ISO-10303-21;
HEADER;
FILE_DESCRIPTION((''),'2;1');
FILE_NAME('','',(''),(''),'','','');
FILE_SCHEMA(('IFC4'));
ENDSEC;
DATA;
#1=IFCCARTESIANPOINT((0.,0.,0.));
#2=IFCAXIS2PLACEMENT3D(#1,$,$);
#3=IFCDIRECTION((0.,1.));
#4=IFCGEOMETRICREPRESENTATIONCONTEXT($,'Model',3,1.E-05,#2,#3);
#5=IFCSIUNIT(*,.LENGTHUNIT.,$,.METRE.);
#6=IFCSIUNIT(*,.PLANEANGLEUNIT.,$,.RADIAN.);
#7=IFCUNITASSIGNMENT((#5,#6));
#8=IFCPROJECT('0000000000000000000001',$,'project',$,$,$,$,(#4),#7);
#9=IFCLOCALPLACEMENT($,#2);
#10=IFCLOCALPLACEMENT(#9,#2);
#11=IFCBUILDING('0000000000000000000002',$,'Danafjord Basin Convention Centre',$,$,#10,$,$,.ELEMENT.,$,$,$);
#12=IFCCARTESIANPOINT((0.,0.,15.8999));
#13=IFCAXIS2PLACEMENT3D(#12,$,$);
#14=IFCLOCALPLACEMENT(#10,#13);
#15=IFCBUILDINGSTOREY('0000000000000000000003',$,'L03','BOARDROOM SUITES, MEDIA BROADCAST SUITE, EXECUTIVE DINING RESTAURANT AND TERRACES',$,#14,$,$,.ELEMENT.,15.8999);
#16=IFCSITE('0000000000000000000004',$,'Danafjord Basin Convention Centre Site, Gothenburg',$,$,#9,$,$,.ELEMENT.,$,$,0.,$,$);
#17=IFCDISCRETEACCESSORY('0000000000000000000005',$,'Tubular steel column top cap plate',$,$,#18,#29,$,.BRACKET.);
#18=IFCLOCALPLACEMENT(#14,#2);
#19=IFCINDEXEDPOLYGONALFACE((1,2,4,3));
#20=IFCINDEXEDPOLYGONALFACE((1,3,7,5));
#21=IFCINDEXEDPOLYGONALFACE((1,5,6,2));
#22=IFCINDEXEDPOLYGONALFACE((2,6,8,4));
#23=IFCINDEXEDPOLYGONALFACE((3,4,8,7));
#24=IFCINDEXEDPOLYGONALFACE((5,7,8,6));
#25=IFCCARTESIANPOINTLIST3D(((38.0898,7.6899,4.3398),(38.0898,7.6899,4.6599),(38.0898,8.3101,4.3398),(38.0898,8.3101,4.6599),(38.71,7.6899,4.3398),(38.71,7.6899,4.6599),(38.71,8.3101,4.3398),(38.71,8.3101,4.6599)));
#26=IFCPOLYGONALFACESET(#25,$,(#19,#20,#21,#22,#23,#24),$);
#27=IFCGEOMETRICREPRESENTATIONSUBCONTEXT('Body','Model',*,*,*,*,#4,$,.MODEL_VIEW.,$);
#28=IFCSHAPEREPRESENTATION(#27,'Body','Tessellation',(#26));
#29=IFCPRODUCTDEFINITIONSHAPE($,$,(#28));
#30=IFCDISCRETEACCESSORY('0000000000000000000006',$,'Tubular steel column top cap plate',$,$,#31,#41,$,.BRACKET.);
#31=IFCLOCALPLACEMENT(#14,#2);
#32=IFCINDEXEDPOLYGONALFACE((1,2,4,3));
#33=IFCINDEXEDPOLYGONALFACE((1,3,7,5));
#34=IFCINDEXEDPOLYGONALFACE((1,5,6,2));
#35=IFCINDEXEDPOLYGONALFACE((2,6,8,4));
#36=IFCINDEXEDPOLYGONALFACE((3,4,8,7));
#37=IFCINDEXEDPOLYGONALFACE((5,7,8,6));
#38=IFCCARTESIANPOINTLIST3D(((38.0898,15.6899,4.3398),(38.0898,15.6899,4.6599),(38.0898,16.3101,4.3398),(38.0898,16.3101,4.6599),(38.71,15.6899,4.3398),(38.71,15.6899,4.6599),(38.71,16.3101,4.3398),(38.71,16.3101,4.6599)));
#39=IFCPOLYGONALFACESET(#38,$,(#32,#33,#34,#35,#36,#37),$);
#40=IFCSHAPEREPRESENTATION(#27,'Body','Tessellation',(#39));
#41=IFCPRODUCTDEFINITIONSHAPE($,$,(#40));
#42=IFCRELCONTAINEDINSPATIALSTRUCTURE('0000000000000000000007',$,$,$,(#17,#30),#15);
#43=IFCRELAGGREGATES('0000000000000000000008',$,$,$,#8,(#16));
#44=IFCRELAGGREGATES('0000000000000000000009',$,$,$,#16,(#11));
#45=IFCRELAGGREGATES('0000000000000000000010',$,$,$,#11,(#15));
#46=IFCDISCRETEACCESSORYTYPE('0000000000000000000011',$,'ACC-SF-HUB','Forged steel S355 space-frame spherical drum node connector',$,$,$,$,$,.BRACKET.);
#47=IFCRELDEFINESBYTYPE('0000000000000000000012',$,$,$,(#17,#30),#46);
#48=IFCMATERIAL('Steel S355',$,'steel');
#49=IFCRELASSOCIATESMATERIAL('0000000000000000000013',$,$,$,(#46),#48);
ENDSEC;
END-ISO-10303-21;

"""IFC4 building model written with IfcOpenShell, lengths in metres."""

from ifc_helpers import new_model, si_unit, direction, frame, origin, origin_2d, place, context, subcontext, project, spatial, rectangle, extrude, material, type_object, element, save


model = new_model("IFC4")

# Units and contexts
model_context = context("Model", 3, precision=1e-05, world=origin(), true_north=direction((0.0, 1.0)))
body_context = subcontext(model_context, "Body", "Model", "MODEL_VIEW")
ifc_project = project(units=[si_unit("LENGTHUNIT", "METRE"), si_unit("PLANEANGLEUNIT", "RADIAN")], contexts=[model_context])

# Site, building, storey
site_placement = place(None, origin())
site = spatial("IfcSite", under=ifc_project, at=site_placement, Name="Danafjord Basin Convention Centre Site, Gothenburg", CompositionType="ELEMENT", RefElevation=0.0)
building_placement = place(site_placement, origin())
building = spatial("IfcBuilding", under=site, at=building_placement, Name="Danafjord Basin Convention Centre", CompositionType="ELEMENT")
storey_placement = place(building_placement, frame((0.0, 0.0, 15.8999)))
storey = spatial("IfcBuildingStorey", under=building, at=storey_placement, Name="L03", Description="BOARDROOM SUITES, MEDIA BROADCAST SUITE, EXECUTIVE DINING RESTAURANT AND TERRACES", CompositionType="ELEMENT", Elevation=15.8999)

# Shared definitions
ifc_material_1 = material(Name="Steel S355", Category="steel")

# Discrete accessories
discrete_accessory_type_1 = type_object("IfcDiscreteAccessoryType", Name="ACC-SF-HUB", Description="Forged steel S355 space-frame spherical drum node connector", PredefinedType="BRACKET", material=ifc_material_1)
for number, where, z_axis, x_axis, name in (
    (1, (38.3999, 8.0, 4.3398), (0.0, 0.0, 1.0), (1.0, 0.0, 0.0), "Tubular steel column top cap plate"),
    (2, (38.3999, 16.0, 4.3398), (0.0, 0.0, 1.0), (1.0, 0.0, 0.0), "Tubular steel column top cap plate"),
):
    element("IfcDiscreteAccessory", number, at=place(storey_placement, frame(where, z_axis=z_axis, x_axis=x_axis)), inside=storey, type_object=discrete_accessory_type_1, Name=name, PredefinedType="BRACKET", context=body_context, shape_type="SweptSolid", body=[
        extrude(rectangle(XDim=0.6201, YDim=0.6201, at=origin_2d()), origin(), (0.0, 0.0, 1.0), 0.3201),
    ])

save(model, "model.ifc")
